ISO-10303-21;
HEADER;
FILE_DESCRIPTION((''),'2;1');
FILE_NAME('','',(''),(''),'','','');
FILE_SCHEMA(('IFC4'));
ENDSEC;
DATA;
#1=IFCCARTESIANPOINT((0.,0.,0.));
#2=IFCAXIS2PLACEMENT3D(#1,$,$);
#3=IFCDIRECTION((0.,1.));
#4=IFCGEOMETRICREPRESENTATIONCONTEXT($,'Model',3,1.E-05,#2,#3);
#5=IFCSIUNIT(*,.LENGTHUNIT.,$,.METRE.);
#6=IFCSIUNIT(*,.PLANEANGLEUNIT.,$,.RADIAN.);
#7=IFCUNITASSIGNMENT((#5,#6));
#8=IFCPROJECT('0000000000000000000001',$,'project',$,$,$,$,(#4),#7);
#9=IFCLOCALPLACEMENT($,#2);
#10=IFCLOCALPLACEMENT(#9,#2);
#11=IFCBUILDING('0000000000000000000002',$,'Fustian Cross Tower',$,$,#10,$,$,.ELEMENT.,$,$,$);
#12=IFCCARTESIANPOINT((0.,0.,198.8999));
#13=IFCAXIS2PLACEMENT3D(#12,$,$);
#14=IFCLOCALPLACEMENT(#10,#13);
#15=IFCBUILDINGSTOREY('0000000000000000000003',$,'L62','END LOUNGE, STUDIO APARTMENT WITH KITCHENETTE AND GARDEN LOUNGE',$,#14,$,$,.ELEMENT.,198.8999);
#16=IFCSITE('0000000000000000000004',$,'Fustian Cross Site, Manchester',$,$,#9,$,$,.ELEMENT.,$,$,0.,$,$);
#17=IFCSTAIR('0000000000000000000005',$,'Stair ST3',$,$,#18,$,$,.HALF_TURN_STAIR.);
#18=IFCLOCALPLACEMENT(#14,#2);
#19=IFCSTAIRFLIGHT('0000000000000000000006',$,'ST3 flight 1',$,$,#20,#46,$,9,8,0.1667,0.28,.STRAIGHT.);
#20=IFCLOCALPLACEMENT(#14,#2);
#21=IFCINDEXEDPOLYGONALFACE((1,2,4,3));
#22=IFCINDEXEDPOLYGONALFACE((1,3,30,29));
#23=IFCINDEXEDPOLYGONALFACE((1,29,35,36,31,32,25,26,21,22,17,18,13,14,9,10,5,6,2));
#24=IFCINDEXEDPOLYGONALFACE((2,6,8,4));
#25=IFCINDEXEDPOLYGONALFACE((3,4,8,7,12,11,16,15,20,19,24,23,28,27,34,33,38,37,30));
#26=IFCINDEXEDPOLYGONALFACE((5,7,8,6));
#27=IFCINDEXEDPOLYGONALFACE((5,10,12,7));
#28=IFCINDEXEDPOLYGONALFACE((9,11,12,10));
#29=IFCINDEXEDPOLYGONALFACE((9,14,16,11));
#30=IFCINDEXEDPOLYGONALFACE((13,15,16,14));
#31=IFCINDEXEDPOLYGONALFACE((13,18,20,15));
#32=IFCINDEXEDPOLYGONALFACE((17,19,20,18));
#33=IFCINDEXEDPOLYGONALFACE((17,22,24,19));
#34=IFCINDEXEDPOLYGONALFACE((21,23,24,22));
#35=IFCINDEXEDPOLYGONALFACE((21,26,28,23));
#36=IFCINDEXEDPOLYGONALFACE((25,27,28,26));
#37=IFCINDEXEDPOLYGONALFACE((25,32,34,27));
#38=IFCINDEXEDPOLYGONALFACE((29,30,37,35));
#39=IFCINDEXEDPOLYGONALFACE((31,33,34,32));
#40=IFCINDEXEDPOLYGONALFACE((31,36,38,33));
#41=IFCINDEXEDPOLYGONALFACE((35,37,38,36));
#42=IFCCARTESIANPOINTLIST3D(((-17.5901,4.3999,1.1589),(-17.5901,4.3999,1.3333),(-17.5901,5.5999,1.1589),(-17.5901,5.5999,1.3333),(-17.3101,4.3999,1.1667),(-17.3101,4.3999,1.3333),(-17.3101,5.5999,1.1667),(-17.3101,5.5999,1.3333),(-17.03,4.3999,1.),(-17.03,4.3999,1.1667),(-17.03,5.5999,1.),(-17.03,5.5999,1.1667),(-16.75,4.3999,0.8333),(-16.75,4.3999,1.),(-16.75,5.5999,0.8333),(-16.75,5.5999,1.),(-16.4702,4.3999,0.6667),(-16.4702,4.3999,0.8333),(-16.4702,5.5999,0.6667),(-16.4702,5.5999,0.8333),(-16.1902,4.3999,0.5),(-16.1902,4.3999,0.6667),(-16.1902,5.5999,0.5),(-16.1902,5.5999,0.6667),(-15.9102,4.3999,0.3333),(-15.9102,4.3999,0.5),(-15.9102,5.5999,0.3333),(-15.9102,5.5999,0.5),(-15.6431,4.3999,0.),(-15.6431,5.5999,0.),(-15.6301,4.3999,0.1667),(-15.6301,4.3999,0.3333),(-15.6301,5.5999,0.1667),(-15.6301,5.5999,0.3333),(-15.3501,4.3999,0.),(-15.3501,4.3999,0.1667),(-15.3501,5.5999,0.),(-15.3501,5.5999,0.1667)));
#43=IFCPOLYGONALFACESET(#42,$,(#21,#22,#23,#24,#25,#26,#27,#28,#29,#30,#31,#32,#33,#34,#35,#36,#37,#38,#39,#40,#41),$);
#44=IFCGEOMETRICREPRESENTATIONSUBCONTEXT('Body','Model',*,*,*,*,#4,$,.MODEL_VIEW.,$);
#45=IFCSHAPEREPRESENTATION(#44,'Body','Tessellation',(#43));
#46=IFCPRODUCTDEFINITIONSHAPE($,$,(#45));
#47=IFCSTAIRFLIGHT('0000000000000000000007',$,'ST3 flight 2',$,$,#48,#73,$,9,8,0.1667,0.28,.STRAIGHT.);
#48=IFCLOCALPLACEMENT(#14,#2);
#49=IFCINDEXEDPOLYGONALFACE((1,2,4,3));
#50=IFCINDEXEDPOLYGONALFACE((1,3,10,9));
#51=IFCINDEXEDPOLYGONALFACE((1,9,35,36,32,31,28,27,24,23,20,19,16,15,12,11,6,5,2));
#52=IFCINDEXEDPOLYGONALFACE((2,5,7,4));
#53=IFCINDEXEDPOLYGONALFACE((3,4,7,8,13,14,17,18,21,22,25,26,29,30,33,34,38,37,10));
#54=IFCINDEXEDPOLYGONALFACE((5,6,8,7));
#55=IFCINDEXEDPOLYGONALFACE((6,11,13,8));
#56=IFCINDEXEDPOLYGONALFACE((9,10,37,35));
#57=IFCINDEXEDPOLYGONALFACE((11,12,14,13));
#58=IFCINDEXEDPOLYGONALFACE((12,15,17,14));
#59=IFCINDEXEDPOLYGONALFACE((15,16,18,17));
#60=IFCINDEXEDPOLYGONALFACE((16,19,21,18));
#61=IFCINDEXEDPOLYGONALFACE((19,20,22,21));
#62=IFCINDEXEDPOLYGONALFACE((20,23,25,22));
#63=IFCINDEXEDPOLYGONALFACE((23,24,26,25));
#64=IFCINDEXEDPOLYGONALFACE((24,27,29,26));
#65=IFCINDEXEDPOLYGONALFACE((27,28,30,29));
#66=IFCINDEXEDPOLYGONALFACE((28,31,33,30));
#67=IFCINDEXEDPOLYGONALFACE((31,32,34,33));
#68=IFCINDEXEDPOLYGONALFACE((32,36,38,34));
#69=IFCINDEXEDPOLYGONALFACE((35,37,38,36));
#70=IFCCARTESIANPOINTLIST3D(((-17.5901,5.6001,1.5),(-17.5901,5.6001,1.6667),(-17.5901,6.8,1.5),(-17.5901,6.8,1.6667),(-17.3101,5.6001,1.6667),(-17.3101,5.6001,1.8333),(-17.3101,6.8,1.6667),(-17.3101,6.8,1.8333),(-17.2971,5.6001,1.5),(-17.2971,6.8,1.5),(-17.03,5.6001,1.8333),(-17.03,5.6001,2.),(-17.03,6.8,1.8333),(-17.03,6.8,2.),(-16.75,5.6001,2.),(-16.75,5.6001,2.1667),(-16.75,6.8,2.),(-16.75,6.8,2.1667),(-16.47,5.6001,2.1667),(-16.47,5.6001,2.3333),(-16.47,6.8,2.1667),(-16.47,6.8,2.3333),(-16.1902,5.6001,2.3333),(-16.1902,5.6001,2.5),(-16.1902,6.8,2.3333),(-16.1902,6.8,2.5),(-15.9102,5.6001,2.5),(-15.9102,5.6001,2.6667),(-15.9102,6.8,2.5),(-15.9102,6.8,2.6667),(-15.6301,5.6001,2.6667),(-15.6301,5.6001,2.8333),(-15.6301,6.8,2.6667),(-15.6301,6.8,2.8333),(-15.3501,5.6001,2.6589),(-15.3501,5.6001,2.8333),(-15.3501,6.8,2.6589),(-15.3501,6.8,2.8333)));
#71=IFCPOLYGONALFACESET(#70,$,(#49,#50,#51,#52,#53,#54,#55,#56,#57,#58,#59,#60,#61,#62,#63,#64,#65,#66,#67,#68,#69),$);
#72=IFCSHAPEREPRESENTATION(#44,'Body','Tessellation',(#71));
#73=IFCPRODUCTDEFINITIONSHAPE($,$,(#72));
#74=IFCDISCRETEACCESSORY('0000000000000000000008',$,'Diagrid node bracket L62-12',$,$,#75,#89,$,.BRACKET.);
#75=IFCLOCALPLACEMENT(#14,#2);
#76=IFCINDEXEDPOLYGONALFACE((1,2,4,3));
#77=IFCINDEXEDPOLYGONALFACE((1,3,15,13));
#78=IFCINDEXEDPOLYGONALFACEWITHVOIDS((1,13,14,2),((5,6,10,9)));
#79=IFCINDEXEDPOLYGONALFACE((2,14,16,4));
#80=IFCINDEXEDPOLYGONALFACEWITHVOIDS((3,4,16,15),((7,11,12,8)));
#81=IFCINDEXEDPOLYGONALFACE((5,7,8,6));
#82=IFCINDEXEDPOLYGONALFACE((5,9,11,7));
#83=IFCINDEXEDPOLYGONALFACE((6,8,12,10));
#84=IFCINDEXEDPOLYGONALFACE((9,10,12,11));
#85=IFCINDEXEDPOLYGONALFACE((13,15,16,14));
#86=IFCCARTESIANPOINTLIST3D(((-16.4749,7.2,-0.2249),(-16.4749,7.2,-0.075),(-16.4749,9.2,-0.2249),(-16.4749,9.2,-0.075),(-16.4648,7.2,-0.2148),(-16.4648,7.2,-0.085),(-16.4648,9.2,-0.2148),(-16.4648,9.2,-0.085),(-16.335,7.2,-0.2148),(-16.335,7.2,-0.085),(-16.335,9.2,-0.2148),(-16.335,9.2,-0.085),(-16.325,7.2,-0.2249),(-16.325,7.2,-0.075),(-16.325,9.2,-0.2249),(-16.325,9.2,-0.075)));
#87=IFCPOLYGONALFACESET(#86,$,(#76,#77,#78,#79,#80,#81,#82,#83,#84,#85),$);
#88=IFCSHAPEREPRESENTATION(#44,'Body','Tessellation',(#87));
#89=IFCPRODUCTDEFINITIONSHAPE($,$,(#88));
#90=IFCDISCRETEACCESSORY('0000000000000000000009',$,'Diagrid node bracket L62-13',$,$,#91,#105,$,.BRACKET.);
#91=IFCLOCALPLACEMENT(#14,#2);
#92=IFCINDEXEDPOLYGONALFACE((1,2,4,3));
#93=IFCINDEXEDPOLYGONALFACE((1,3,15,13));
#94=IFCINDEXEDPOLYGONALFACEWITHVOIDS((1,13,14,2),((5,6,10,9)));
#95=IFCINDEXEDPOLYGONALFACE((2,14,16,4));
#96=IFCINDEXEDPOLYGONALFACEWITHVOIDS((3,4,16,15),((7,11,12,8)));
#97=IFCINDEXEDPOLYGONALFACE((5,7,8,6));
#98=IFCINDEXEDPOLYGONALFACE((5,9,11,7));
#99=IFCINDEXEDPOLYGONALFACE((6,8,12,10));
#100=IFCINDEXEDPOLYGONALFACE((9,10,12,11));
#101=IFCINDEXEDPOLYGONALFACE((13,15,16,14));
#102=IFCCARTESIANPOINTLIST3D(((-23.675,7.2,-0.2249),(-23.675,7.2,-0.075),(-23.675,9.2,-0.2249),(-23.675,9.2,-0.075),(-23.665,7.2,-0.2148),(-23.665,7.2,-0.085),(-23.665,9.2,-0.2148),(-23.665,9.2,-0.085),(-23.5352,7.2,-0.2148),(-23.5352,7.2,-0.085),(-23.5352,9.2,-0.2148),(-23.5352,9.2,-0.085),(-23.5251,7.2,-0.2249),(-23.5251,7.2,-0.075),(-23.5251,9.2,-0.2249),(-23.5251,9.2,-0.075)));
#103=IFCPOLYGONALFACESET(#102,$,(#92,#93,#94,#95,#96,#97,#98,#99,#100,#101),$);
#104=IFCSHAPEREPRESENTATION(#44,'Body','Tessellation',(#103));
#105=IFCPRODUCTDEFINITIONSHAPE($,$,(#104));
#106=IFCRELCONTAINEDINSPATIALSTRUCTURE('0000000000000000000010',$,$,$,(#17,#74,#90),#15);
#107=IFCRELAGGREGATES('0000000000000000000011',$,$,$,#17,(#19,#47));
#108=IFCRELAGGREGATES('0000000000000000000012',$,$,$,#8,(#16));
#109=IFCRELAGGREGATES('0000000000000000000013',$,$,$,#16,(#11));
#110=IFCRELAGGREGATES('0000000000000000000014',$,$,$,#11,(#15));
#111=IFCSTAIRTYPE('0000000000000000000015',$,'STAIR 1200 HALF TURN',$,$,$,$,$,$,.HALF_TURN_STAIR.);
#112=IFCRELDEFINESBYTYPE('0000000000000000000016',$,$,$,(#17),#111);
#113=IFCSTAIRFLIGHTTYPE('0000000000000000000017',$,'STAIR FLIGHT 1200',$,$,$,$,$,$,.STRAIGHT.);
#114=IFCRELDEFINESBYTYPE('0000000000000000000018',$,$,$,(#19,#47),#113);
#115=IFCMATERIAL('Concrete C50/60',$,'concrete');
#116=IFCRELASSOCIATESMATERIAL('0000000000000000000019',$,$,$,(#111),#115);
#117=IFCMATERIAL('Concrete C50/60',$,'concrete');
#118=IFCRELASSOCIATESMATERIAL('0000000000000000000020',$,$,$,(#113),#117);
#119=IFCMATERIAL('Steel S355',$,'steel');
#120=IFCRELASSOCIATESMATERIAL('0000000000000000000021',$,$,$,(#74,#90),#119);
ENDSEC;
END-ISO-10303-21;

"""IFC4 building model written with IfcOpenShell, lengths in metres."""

from ifc_helpers import new_model, si_unit, direction, frame, origin, origin_2d, place, context, subcontext, project, spatial, polyline, hollow_rectangle, outline, extrude, material, type_object, element, aggregate, save


model = new_model("IFC4")

# Units and contexts
model_context = context("Model", 3, precision=1e-05, world=origin(), true_north=direction((0.0, 1.0)))
body_context = subcontext(model_context, "Body", "Model", "MODEL_VIEW")
ifc_project = project(units=[si_unit("LENGTHUNIT", "METRE"), si_unit("PLANEANGLEUNIT", "RADIAN")], contexts=[model_context])

# Site, building, storey
site_placement = place(None, origin())
site = spatial("IfcSite", under=ifc_project, at=site_placement, Name="Fustian Cross Site, Manchester", CompositionType="ELEMENT", RefElevation=0.0)
building_placement = place(site_placement, origin())
building = spatial("IfcBuilding", under=site, at=building_placement, Name="Fustian Cross Tower", CompositionType="ELEMENT")
storey_placement = place(building_placement, frame((0.0, 0.0, 198.8999)))
storey = spatial("IfcBuildingStorey", under=building, at=storey_placement, Name="L62", Description="END LOUNGE, STUDIO APARTMENT WITH KITCHENETTE AND GARDEN LOUNGE", CompositionType="ELEMENT", Elevation=198.8999)

# Stair, stair flights
ifc_material_1 = material(Name="Concrete C50/60", Category="concrete")
stair_type = type_object("IfcStairType", Name="STAIR 1200 HALF TURN", PredefinedType="HALF_TURN_STAIR", material=ifc_material_1)
stair_placement = place(storey_placement, origin())
stair = element("IfcStair", 1, at=stair_placement, inside=storey, type_object=stair_type, Name="Stair ST3", PredefinedType="HALF_TURN_STAIR")
ifc_material_2 = material(Name="Concrete C50/60", Category="concrete")
stair_flight_type = type_object("IfcStairFlightType", Name="STAIR FLIGHT 1200", PredefinedType="STRAIGHT", material=ifc_material_2)
stair_flight_1_placement = place(storey_placement, frame((-15.3501, 5.0, 0.0), z_axis=(0.0, 0.0, 1.0), x_axis=(-1.0, 0.0, 0.0)))
stair_flight_1 = element("IfcStairFlight", 2, at=stair_flight_1_placement, type_object=stair_flight_type, Name="ST3 flight 1", NumberOfRisers=9, NumberOfTreads=8, PredefinedType="STRAIGHT", RiserHeight=0.1667, TreadLength=0.28, context=body_context, shape_type="SweptSolid", body=[
    extrude(outline(polyline([(0.0, 0.0), (0.0, 0.1667), (0.28, 0.1667), (0.28, 0.3333), (0.5601, 0.3333), (0.5601, 0.5), (0.8401, 0.5), (0.8401, 0.6667), (1.1201, 0.6667), (1.1201, 0.8333), (1.3999, 0.8333), (1.3999, 1.0), (1.6799, 1.0), (1.6799, 1.1667), (1.96, 1.1667), (1.96, 1.3333), (2.24, 1.3333), (2.24, 1.5), (2.24, 1.1589), (0.293, 0.0), (0.0, 0.0)])), frame((0.0, 0.6001, 0.0), z_axis=(0.0, -1.0, 0.0), x_axis=(1.0, 0.0, 0.0)), (0.0, 0.0, 1.0), 1.2),
])
stair_flight_2_placement = place(storey_placement, frame((-17.5901, 6.2, 1.5), z_axis=(0.0, 0.0, 1.0), x_axis=(1.0, 0.0, 0.0)))
stair_flight_2 = element("IfcStairFlight", 3, at=stair_flight_2_placement, type_object=stair_flight_type, Name="ST3 flight 2", NumberOfRisers=9, NumberOfTreads=8, PredefinedType="STRAIGHT", RiserHeight=0.1667, TreadLength=0.28, context=body_context, shape_type="SweptSolid", body=[
    extrude(outline(polyline([(0.0, 0.0), (0.0, 0.1667), (0.28, 0.1667), (0.28, 0.3333), (0.5601, 0.3333), (0.5601, 0.5), (0.8401, 0.5), (0.8401, 0.6667), (1.1201, 0.6667), (1.1201, 0.8333), (1.3999, 0.8333), (1.3999, 1.0), (1.6799, 1.0), (1.6799, 1.1667), (1.96, 1.1667), (1.96, 1.3333), (2.24, 1.3333), (2.24, 1.5), (2.24, 1.1589), (0.293, 0.0), (0.0, 0.0)])), frame((0.0, 0.6001, 0.0), z_axis=(0.0, -1.0, 0.0), x_axis=(1.0, 0.0, 0.0)), (0.0, 0.0, 1.0), 1.2),
])
aggregate(stair, [stair_flight_1, stair_flight_2])

# Discrete accessories
ifc_material_3 = material(Name="Steel S355", Category="steel")
for number, where, z_axis, x_axis, name in (
    (4, (-16.3999, 9.2, -0.1499), (0.0, -1.0, 0.0), (1.0, 0.0, 0.0), "Diagrid node bracket L62-12"),
    (5, (-23.6001, 9.2, -0.1499), (0.0, -1.0, 0.0), (1.0, 0.0, 0.0), "Diagrid node bracket L62-13"),
):
    element("IfcDiscreteAccessory", number, at=place(storey_placement, frame(where, z_axis=z_axis, x_axis=x_axis)), inside=storey, material=ifc_material_3, Name=name, PredefinedType="BRACKET", context=body_context, shape_type="SweptSolid", body=[
        extrude(hollow_rectangle(XDim=0.1499, YDim=0.1499, WallThickness=0.01, at=origin_2d()), origin(), (0.0, 0.0, 1.0), 2.0),
    ])

save(model, "model.ifc")
